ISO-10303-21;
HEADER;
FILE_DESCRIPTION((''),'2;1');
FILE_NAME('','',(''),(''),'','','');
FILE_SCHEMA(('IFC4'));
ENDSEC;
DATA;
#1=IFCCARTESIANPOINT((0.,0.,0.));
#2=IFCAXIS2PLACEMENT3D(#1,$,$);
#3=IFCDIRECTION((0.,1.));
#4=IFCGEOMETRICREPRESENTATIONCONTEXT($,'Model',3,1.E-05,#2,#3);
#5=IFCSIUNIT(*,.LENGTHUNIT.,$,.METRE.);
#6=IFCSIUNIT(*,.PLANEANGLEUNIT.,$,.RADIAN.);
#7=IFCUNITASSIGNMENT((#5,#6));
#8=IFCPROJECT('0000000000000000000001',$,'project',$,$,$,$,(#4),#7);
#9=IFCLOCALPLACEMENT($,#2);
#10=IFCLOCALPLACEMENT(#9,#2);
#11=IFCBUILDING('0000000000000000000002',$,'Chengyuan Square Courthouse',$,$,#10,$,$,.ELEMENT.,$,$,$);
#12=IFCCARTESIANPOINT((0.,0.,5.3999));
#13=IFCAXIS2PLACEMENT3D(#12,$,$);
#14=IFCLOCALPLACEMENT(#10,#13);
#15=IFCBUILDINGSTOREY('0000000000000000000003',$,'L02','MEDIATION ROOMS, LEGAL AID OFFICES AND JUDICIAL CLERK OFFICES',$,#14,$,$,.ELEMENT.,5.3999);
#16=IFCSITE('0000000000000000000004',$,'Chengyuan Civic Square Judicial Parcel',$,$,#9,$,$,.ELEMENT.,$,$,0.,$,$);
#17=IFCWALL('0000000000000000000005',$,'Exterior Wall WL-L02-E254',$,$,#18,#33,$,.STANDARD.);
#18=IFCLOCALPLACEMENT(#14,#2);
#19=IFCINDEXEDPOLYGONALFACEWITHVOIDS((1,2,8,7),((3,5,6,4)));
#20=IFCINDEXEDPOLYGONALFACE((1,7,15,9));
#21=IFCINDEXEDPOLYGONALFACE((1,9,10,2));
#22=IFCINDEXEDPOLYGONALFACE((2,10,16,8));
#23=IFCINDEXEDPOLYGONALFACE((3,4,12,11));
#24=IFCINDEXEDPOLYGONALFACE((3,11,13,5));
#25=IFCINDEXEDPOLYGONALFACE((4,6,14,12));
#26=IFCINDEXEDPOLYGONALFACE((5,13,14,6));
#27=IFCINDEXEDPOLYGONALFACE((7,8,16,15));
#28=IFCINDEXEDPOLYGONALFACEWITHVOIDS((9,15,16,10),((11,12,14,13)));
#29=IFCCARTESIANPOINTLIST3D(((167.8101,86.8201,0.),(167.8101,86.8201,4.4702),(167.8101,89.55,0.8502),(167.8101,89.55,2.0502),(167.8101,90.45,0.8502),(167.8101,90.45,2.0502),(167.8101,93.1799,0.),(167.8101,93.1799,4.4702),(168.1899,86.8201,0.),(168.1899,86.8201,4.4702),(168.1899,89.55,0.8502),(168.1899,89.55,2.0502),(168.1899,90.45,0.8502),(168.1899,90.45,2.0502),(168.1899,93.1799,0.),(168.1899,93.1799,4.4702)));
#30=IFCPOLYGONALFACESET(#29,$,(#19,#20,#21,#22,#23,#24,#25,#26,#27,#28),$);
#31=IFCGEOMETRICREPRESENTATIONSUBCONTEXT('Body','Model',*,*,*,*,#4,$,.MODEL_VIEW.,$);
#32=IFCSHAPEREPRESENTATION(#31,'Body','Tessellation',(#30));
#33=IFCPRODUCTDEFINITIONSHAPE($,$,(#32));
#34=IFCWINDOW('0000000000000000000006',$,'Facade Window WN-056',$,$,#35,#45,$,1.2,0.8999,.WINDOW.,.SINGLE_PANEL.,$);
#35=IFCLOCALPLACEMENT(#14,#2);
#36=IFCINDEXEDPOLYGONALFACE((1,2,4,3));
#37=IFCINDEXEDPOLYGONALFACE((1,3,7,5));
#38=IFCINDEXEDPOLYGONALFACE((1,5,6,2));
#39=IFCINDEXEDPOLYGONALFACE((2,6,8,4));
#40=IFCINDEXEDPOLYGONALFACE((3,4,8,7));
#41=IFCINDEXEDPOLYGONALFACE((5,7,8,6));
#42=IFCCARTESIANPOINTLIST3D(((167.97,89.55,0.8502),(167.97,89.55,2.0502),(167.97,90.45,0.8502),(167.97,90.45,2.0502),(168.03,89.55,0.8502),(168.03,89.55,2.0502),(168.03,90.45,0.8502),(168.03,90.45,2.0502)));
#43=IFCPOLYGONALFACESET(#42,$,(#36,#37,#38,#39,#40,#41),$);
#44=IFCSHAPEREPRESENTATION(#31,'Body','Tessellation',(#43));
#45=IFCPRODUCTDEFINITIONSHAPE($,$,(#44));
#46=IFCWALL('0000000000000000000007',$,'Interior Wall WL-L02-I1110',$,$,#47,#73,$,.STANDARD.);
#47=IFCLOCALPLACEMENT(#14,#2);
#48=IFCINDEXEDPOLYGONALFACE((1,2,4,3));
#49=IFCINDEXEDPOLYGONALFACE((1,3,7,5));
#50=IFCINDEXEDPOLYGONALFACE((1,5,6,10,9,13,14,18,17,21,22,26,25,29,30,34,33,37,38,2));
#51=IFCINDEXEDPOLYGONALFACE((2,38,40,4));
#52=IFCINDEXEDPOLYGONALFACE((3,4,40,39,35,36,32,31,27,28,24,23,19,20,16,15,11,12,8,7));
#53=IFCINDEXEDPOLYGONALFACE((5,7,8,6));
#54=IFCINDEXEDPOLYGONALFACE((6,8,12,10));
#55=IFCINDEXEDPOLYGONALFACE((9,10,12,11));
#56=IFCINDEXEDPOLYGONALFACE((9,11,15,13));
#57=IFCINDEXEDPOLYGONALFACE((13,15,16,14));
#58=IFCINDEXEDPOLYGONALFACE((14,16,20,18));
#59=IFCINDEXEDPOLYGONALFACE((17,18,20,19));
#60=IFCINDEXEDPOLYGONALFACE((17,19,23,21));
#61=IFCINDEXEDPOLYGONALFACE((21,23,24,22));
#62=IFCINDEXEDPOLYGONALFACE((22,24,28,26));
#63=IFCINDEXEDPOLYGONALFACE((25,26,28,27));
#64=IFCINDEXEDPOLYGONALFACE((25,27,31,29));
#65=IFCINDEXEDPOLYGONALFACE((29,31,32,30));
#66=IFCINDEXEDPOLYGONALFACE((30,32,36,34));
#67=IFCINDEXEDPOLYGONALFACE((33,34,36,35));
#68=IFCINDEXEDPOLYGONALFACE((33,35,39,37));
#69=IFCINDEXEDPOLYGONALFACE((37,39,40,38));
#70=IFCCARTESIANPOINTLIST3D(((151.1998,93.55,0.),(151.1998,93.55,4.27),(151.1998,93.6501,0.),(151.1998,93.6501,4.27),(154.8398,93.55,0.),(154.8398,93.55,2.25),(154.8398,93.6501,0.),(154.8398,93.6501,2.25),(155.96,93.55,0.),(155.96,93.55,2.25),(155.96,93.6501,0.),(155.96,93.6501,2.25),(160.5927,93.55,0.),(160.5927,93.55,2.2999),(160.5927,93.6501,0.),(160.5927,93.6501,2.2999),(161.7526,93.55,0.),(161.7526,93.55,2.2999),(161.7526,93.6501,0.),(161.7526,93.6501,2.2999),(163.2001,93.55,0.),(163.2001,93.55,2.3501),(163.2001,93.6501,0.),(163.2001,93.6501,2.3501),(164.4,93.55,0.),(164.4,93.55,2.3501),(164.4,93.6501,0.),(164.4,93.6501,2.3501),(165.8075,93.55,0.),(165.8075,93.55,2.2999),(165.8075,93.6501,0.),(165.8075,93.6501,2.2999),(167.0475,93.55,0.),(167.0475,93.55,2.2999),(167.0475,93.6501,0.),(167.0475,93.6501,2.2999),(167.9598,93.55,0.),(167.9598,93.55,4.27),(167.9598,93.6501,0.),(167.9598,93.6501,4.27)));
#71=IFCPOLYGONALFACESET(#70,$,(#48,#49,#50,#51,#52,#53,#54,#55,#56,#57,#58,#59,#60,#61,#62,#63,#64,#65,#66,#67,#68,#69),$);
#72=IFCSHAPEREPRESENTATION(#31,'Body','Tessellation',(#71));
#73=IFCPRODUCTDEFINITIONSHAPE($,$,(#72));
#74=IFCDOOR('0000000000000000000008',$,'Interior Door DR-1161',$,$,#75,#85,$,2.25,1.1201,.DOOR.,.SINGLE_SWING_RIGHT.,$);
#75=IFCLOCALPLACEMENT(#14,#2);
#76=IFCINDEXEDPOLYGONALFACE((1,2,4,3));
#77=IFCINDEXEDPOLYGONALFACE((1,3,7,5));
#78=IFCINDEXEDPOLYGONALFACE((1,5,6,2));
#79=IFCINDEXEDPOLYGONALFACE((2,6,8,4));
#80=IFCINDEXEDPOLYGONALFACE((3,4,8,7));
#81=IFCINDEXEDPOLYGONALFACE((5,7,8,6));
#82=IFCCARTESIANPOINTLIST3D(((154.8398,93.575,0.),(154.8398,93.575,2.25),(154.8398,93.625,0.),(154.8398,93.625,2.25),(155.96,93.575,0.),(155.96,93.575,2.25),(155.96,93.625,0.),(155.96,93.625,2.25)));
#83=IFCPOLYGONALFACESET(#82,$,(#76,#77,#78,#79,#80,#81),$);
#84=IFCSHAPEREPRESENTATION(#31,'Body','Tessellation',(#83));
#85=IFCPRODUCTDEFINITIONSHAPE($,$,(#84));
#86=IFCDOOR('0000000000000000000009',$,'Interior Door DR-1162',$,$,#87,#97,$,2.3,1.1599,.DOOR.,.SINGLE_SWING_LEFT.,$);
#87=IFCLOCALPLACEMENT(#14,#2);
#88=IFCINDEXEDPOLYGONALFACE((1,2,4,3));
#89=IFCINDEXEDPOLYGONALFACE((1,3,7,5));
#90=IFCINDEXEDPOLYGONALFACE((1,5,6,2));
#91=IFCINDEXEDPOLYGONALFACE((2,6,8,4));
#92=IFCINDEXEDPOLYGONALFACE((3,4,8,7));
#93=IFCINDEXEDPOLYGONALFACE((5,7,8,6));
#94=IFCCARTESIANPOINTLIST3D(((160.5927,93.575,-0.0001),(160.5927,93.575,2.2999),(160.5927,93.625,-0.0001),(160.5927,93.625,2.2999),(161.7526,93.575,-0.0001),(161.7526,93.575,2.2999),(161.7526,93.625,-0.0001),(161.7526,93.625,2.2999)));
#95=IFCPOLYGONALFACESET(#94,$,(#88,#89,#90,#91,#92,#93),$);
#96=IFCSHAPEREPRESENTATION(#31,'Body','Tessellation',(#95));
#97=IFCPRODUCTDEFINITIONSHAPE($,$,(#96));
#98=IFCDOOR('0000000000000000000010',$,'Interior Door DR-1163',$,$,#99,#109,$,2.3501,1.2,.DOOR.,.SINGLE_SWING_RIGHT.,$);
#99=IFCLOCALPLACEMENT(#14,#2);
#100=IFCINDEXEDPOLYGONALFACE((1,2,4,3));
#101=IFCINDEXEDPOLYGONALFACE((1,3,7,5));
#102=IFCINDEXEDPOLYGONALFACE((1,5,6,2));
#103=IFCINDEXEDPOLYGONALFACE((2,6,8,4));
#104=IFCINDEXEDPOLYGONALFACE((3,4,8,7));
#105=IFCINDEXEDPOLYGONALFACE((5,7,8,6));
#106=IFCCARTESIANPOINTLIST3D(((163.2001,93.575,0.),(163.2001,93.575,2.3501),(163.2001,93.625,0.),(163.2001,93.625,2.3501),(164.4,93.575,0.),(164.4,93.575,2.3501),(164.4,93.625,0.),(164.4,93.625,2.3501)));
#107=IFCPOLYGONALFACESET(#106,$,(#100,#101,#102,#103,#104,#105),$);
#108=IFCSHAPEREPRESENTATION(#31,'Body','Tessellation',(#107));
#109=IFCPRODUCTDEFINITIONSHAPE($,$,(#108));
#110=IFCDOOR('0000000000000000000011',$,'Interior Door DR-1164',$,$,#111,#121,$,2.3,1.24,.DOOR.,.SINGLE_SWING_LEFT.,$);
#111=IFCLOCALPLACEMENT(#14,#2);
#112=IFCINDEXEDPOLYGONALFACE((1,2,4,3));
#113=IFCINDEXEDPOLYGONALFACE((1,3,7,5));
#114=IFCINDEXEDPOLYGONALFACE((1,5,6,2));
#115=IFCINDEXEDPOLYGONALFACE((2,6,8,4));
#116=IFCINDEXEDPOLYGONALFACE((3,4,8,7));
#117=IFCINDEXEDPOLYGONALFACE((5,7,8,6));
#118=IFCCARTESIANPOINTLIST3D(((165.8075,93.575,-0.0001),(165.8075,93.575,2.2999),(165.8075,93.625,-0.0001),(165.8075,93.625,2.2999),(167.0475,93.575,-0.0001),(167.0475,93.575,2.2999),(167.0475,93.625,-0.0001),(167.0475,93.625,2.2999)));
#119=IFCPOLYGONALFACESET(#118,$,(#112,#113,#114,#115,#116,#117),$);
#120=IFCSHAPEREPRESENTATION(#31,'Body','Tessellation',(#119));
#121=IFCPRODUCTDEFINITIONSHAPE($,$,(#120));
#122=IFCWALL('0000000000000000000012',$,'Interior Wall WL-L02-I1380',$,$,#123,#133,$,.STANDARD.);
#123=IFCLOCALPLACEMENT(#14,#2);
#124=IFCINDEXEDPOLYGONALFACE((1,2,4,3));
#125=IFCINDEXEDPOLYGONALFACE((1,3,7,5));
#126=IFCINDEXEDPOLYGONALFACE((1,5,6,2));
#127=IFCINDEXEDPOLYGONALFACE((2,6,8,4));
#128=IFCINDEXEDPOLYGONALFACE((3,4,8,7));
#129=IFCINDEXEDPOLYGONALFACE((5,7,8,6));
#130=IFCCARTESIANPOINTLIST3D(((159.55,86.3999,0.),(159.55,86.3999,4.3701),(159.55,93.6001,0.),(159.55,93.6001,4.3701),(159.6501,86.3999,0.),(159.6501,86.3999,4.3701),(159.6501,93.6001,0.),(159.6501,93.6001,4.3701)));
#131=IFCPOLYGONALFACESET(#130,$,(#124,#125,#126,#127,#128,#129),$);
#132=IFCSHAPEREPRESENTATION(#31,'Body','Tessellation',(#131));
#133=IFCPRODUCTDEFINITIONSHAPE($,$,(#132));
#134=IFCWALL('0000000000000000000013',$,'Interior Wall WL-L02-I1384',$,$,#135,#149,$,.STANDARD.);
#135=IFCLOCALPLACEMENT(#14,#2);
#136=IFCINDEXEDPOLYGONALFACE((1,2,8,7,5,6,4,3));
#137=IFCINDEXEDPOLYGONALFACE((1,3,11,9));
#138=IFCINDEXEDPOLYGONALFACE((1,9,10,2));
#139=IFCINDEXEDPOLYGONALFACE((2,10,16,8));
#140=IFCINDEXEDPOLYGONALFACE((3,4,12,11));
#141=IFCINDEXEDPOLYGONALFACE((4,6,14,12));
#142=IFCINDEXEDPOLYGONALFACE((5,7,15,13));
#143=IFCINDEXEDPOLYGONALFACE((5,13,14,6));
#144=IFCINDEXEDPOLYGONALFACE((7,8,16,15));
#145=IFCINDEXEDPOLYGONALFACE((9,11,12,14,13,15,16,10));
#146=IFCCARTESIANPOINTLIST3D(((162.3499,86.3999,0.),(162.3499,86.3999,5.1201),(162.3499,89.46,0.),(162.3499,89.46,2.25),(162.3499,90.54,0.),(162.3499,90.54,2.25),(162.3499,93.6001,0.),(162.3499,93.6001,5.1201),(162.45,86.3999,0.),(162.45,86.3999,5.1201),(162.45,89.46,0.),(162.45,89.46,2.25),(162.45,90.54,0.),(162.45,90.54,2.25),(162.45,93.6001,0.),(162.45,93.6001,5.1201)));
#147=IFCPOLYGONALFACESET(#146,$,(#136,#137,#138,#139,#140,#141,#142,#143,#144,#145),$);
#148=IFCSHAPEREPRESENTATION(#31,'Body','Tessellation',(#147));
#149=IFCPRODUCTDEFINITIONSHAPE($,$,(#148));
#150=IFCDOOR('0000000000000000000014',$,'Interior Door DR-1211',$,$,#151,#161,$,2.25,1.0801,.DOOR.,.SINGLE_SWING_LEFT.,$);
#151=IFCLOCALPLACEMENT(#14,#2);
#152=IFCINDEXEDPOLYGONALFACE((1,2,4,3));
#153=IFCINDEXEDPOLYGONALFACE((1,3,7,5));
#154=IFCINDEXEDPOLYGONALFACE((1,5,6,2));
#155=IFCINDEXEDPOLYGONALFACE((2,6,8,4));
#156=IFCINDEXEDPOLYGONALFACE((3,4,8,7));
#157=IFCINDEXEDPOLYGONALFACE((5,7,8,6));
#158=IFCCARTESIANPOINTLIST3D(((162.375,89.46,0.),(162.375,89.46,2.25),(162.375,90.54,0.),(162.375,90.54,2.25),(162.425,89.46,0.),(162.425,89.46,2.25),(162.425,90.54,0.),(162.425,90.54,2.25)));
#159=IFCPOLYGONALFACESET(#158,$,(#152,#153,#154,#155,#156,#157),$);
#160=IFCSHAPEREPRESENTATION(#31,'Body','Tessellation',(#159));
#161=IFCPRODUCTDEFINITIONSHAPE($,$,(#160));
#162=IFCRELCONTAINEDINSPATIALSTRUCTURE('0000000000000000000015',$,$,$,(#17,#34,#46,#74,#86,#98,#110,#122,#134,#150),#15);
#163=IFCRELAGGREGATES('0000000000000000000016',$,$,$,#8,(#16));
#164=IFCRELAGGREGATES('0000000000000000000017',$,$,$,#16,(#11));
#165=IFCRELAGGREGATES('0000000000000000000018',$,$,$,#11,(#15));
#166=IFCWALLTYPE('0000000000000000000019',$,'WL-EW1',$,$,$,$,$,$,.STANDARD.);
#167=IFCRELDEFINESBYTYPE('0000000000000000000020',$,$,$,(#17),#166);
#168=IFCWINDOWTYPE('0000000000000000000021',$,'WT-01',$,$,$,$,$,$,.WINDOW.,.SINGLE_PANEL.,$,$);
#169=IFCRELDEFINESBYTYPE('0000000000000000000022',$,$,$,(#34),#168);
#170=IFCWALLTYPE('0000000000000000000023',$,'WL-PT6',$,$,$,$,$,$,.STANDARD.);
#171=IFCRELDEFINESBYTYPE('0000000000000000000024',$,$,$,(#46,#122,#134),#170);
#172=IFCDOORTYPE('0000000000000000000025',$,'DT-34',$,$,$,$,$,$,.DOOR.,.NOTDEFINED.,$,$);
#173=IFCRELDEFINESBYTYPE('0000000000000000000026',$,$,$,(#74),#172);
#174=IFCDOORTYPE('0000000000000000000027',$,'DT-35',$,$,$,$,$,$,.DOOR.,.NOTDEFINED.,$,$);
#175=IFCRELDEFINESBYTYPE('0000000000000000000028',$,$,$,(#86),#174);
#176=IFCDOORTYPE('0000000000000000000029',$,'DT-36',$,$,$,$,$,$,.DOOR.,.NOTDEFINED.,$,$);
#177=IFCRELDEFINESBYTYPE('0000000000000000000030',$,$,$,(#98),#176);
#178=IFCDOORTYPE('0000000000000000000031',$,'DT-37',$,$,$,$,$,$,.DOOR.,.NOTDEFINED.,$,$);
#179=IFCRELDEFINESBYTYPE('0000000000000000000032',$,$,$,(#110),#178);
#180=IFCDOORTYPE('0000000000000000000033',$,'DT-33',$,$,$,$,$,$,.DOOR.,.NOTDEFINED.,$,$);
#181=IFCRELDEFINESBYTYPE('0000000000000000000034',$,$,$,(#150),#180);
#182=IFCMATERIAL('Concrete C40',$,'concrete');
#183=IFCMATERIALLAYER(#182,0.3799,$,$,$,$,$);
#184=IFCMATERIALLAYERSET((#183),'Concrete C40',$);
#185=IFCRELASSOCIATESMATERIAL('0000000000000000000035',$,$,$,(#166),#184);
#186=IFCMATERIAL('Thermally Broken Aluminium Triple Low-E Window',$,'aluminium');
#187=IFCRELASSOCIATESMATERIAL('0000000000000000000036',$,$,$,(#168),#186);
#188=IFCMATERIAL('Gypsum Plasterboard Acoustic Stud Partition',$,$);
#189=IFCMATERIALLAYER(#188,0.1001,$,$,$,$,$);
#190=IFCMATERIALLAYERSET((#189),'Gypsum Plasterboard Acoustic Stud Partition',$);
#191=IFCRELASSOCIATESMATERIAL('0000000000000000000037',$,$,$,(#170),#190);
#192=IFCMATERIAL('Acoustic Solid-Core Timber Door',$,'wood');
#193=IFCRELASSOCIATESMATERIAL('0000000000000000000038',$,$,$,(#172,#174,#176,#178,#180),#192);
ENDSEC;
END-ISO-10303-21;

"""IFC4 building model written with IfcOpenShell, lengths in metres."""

from ifc_helpers import new_model, si_unit, direction, frame, frame_2d, origin, place, context, subcontext, project, spatial, rectangle, extrude, material, layer, layer_set, type_object, element, fill, save


model = new_model("IFC4")

# Units and contexts
model_context = context("Model", 3, precision=1e-05, world=origin(), true_north=direction((0.0, 1.0)))
body_context = subcontext(model_context, "Body", "Model", "MODEL_VIEW")
ifc_project = project(units=[si_unit("LENGTHUNIT", "METRE"), si_unit("PLANEANGLEUNIT", "RADIAN")], contexts=[model_context])

# Site, building, storey
site_placement = place(None, origin())
site = spatial("IfcSite", under=ifc_project, at=site_placement, Name="Chengyuan Civic Square Judicial Parcel", CompositionType="ELEMENT", RefElevation=0.0)
building_placement = place(site_placement, origin())
building = spatial("IfcBuilding", under=site, at=building_placement, Name="Chengyuan Square Courthouse", CompositionType="ELEMENT")
storey_placement = place(building_placement, frame((0.0, 0.0, 5.3999)))
storey = spatial("IfcBuildingStorey", under=building, at=storey_placement, Name="L02", Description="MEDIATION ROOMS, LEGAL AID OFFICES AND JUDICIAL CLERK OFFICES", CompositionType="ELEMENT", Elevation=5.3999)

# Shared definitions
ifc_material_1 = material(Name="Concrete C40", Category="concrete")

# Wall, opening, window
ifc_layer_1 = layer(ifc_material_1, 0.3799)
ifc_layer_set_1 = layer_set([ifc_layer_1], Name="Concrete C40")
wall_type_1 = type_object("IfcWallType", Name="WL-EW1", PredefinedType="STANDARD", material=ifc_layer_set_1)
wall_1_placement = place(storey_placement, frame((168.0, 86.8201, 0.0), z_axis=(0.0, 0.0, 1.0), x_axis=(0.0, 1.0, 0.0)))
wall_1 = element("IfcWall", 1, at=wall_1_placement, inside=storey, type_object=wall_type_1, Name="Exterior Wall WL-L02-E254", PredefinedType="STANDARD", context=body_context, shape_type="SweptSolid", body=[
    extrude(rectangle(XDim=6.3599, YDim=0.3799, at=frame_2d((3.1799, 0.0))), origin(), (0.0, 0.0, 1.0), 4.4702),
])
opening_1_placement = place(wall_1_placement, frame((2.73, 0.0, 0.8501)))
opening_1 = element("IfcOpeningElement", 2, at=opening_1_placement, cuts=wall_1, PredefinedType="OPENING", context=body_context, shape_type="SweptSolid", body=[
    extrude(rectangle(XDim=0.8999, YDim=1.2, at=frame_2d((0.45, 0.6001))), frame((0.0, 0.2019, 0.0), z_axis=(0.0, -1.0, 0.0), x_axis=(1.0, 0.0, 0.0)), (0.0, 0.0, 1.0), 0.4038),
])
ifc_material_2 = material(Name="Thermally Broken Aluminium Triple Low-E Window", Category="aluminium")
window_type = type_object("IfcWindowType", Name="WT-01", PartitioningType="SINGLE_PANEL", PredefinedType="WINDOW", material=ifc_material_2)
window_placement = place(opening_1_placement, origin())
window = element("IfcWindow", 3, at=window_placement, inside=storey, type_object=window_type, Name="Facade Window WN-056", OverallHeight=1.2, OverallWidth=0.8999, PartitioningType="SINGLE_PANEL", PredefinedType="WINDOW", context=body_context, shape_type="SweptSolid", body=[
    extrude(rectangle(XDim=0.8999, YDim=1.2, at=frame_2d((0.45, 0.6001))), frame((0.0, 0.03, 0.0), z_axis=(0.0, -1.0, 0.0), x_axis=(1.0, 0.0, 0.0)), (0.0, 0.0, 1.0), 0.0601),
])
fill(opening_1, window)

# Wall, openings, doors
ifc_material_3 = material(Name="Gypsum Plasterboard Acoustic Stud Partition")
ifc_layer_2 = layer(ifc_material_3, 0.1001)
ifc_layer_set_2 = layer_set([ifc_layer_2], Name="Gypsum Plasterboard Acoustic Stud Partition")
wall_type_2 = type_object("IfcWallType", Name="WL-PT6", PredefinedType="STANDARD", material=ifc_layer_set_2)
wall_2_placement = place(storey_placement, frame((151.2, 93.6001, 0.0), z_axis=(0.0, 0.0, 1.0), x_axis=(1.0, 0.0, 0.0)))
wall_2 = element("IfcWall", 4, at=wall_2_placement, inside=storey, type_object=wall_type_2, Name="Interior Wall WL-L02-I1110", PredefinedType="STANDARD", context=body_context, shape_type="SweptSolid", body=[
    extrude(rectangle(XDim=16.76, YDim=0.1001, at=frame_2d((8.3799, 0.0))), origin(), (0.0, 0.0, 1.0), 4.27),
])
opening_2_placement = place(wall_2_placement, frame((3.6399, 0.0, 0.0)))
opening_2 = element("IfcOpeningElement", 5, at=opening_2_placement, cuts=wall_2, PredefinedType="OPENING", context=body_context, shape_type="SweptSolid", body=[
    extrude(rectangle(XDim=1.1201, YDim=2.25, at=frame_2d((0.5601, 1.125))), frame((0.0, 0.062, 0.0), z_axis=(0.0, -1.0, 0.0), x_axis=(1.0, 0.0, 0.0)), (0.0, 0.0, 1.0), 0.124),
])
opening_3_placement = place(wall_2_placement, frame((9.3926, 0.0, 0.0)))
opening_3 = element("IfcOpeningElement", 6, at=opening_3_placement, cuts=wall_2, PredefinedType="OPENING", context=body_context, shape_type="SweptSolid", body=[
    extrude(rectangle(XDim=1.1599, YDim=2.3, at=frame_2d((0.5801, 1.1499))), frame((0.0, 0.062, 0.0), z_axis=(0.0, -1.0, 0.0), x_axis=(1.0, 0.0, 0.0)), (0.0, 0.0, 1.0), 0.124),
])
opening_4_placement = place(wall_2_placement, frame((12.0, 0.0, 0.0)))
opening_4 = element("IfcOpeningElement", 7, at=opening_4_placement, cuts=wall_2, PredefinedType="OPENING", context=body_context, shape_type="SweptSolid", body=[
    extrude(rectangle(XDim=1.2, YDim=2.3501, at=frame_2d((0.6001, 1.175))), frame((0.0, 0.062, 0.0), z_axis=(0.0, -1.0, 0.0), x_axis=(1.0, 0.0, 0.0)), (0.0, 0.0, 1.0), 0.124),
])
opening_5_placement = place(wall_2_placement, frame((14.6074, 0.0, 0.0)))
opening_5 = element("IfcOpeningElement", 8, at=opening_5_placement, cuts=wall_2, PredefinedType="OPENING", context=body_context, shape_type="SweptSolid", body=[
    extrude(rectangle(XDim=1.24, YDim=2.3, at=frame_2d((0.6201, 1.1499))), frame((0.0, 0.062, 0.0), z_axis=(0.0, -1.0, 0.0), x_axis=(1.0, 0.0, 0.0)), (0.0, 0.0, 1.0), 0.124),
])
ifc_material_4 = material(Name="Acoustic Solid-Core Timber Door", Category="wood")
door_type_1 = type_object("IfcDoorType", Name="DT-34", OperationType="NOTDEFINED", PredefinedType="DOOR", material=ifc_material_4)
door_1_placement = place(opening_2_placement, origin())
door_1 = element("IfcDoor", 9, at=door_1_placement, inside=storey, type_object=door_type_1, Name="Interior Door DR-1161", OperationType="SINGLE_SWING_RIGHT", OverallHeight=2.25, OverallWidth=1.1201, PredefinedType="DOOR", context=body_context, shape_type="SweptSolid", body=[
    extrude(rectangle(XDim=1.1201, YDim=2.25, at=frame_2d((0.5601, 1.125))), frame((0.0, 0.0249, 0.0), z_axis=(0.0, -1.0, 0.0), x_axis=(1.0, 0.0, 0.0)), (0.0, 0.0, 1.0), 0.05),
])
fill(opening_2, door_1)
door_type_2 = type_object("IfcDoorType", Name="DT-35", OperationType="NOTDEFINED", PredefinedType="DOOR", material=ifc_material_4)
door_2_placement = place(opening_3_placement, origin())
door_2 = element("IfcDoor", 10, at=door_2_placement, inside=storey, type_object=door_type_2, Name="Interior Door DR-1162", OperationType="SINGLE_SWING_LEFT", OverallHeight=2.3, OverallWidth=1.1599, PredefinedType="DOOR", context=body_context, shape_type="SweptSolid", body=[
    extrude(rectangle(XDim=1.1599, YDim=2.3, at=frame_2d((0.5801, 1.1499))), frame((0.0, 0.0249, 0.0), z_axis=(0.0, -1.0, 0.0), x_axis=(1.0, 0.0, 0.0)), (0.0, 0.0, 1.0), 0.05),
])
fill(opening_3, door_2)
door_type_3 = type_object("IfcDoorType", Name="DT-36", OperationType="NOTDEFINED", PredefinedType="DOOR", material=ifc_material_4)
door_3_placement = place(opening_4_placement, origin())
door_3 = element("IfcDoor", 11, at=door_3_placement, inside=storey, type_object=door_type_3, Name="Interior Door DR-1163", OperationType="SINGLE_SWING_RIGHT", OverallHeight=2.3501, OverallWidth=1.2, PredefinedType="DOOR", context=body_context, shape_type="SweptSolid", body=[
    extrude(rectangle(XDim=1.2, YDim=2.3501, at=frame_2d((0.6001, 1.175))), frame((0.0, 0.0249, 0.0), z_axis=(0.0, -1.0, 0.0), x_axis=(1.0, 0.0, 0.0)), (0.0, 0.0, 1.0), 0.05),
])
fill(opening_4, door_3)
door_type_4 = type_object("IfcDoorType", Name="DT-37", OperationType="NOTDEFINED", PredefinedType="DOOR", material=ifc_material_4)
door_4_placement = place(opening_5_placement, origin())
door_4 = element("IfcDoor", 12, at=door_4_placement, inside=storey, type_object=door_type_4, Name="Interior Door DR-1164", OperationType="SINGLE_SWING_LEFT", OverallHeight=2.3, OverallWidth=1.24, PredefinedType="DOOR", context=body_context, shape_type="SweptSolid", body=[
    extrude(rectangle(XDim=1.24, YDim=2.3, at=frame_2d((0.6201, 1.1499))), frame((0.0, 0.0249, 0.0), z_axis=(0.0, -1.0, 0.0), x_axis=(1.0, 0.0, 0.0)), (0.0, 0.0, 1.0), 0.05),
])
fill(opening_5, door_4)

# Wall
wall_3_placement = place(storey_placement, frame((159.6001, 86.3999, 0.0), z_axis=(0.0, 0.0, 1.0), x_axis=(0.0, 1.0, 0.0)))
element("IfcWall", 13, at=wall_3_placement, inside=storey, type_object=wall_type_2, Name="Interior Wall WL-L02-I1380", PredefinedType="STANDARD", context=body_context, shape_type="SweptSolid", body=[
    extrude(rectangle(XDim=7.2002, YDim=0.1001, at=frame_2d((3.6001, 0.0))), origin(), (0.0, 0.0, 1.0), 4.3701),
])

# Wall, opening, door
wall_4_placement = place(storey_placement, frame((162.3999, 86.3999, 0.0), z_axis=(0.0, 0.0, 1.0), x_axis=(0.0, 1.0, 0.0)))
wall_4 = element("IfcWall", 14, at=wall_4_placement, inside=storey, type_object=wall_type_2, Name="Interior Wall WL-L02-I1384", PredefinedType="STANDARD", context=body_context, shape_type="SweptSolid", body=[
    extrude(rectangle(XDim=7.2002, YDim=0.1001, at=frame_2d((3.6001, 0.0))), origin(), (0.0, 0.0, 1.0), 5.1201),
])
opening_6_placement = place(wall_4_placement, frame((3.0601, 0.0, 0.0)))
opening_6 = element("IfcOpeningElement", 15, at=opening_6_placement, cuts=wall_4, PredefinedType="OPENING", context=body_context, shape_type="SweptSolid", body=[
    extrude(rectangle(XDim=1.0801, YDim=2.25, at=frame_2d((0.54, 1.125))), frame((0.0, 0.062, 0.0), z_axis=(0.0, -1.0, 0.0), x_axis=(1.0, 0.0, 0.0)), (0.0, 0.0, 1.0), 0.124),
])
door_type_5 = type_object("IfcDoorType", Name="DT-33", OperationType="NOTDEFINED", PredefinedType="DOOR", material=ifc_material_4)
door_5_placement = place(opening_6_placement, origin())
door_5 = element("IfcDoor", 16, at=door_5_placement, inside=storey, type_object=door_type_5, Name="Interior Door DR-1211", OperationType="SINGLE_SWING_LEFT", OverallHeight=2.25, OverallWidth=1.0801, PredefinedType="DOOR", context=body_context, shape_type="SweptSolid", body=[
    extrude(rectangle(XDim=1.0801, YDim=2.25, at=frame_2d((0.54, 1.125))), frame((0.0, 0.0249, 0.0), z_axis=(0.0, -1.0, 0.0), x_axis=(1.0, 0.0, 0.0)), (0.0, 0.0, 1.0), 0.05),
])
fill(opening_6, door_5)

save(model, "model.ifc")
